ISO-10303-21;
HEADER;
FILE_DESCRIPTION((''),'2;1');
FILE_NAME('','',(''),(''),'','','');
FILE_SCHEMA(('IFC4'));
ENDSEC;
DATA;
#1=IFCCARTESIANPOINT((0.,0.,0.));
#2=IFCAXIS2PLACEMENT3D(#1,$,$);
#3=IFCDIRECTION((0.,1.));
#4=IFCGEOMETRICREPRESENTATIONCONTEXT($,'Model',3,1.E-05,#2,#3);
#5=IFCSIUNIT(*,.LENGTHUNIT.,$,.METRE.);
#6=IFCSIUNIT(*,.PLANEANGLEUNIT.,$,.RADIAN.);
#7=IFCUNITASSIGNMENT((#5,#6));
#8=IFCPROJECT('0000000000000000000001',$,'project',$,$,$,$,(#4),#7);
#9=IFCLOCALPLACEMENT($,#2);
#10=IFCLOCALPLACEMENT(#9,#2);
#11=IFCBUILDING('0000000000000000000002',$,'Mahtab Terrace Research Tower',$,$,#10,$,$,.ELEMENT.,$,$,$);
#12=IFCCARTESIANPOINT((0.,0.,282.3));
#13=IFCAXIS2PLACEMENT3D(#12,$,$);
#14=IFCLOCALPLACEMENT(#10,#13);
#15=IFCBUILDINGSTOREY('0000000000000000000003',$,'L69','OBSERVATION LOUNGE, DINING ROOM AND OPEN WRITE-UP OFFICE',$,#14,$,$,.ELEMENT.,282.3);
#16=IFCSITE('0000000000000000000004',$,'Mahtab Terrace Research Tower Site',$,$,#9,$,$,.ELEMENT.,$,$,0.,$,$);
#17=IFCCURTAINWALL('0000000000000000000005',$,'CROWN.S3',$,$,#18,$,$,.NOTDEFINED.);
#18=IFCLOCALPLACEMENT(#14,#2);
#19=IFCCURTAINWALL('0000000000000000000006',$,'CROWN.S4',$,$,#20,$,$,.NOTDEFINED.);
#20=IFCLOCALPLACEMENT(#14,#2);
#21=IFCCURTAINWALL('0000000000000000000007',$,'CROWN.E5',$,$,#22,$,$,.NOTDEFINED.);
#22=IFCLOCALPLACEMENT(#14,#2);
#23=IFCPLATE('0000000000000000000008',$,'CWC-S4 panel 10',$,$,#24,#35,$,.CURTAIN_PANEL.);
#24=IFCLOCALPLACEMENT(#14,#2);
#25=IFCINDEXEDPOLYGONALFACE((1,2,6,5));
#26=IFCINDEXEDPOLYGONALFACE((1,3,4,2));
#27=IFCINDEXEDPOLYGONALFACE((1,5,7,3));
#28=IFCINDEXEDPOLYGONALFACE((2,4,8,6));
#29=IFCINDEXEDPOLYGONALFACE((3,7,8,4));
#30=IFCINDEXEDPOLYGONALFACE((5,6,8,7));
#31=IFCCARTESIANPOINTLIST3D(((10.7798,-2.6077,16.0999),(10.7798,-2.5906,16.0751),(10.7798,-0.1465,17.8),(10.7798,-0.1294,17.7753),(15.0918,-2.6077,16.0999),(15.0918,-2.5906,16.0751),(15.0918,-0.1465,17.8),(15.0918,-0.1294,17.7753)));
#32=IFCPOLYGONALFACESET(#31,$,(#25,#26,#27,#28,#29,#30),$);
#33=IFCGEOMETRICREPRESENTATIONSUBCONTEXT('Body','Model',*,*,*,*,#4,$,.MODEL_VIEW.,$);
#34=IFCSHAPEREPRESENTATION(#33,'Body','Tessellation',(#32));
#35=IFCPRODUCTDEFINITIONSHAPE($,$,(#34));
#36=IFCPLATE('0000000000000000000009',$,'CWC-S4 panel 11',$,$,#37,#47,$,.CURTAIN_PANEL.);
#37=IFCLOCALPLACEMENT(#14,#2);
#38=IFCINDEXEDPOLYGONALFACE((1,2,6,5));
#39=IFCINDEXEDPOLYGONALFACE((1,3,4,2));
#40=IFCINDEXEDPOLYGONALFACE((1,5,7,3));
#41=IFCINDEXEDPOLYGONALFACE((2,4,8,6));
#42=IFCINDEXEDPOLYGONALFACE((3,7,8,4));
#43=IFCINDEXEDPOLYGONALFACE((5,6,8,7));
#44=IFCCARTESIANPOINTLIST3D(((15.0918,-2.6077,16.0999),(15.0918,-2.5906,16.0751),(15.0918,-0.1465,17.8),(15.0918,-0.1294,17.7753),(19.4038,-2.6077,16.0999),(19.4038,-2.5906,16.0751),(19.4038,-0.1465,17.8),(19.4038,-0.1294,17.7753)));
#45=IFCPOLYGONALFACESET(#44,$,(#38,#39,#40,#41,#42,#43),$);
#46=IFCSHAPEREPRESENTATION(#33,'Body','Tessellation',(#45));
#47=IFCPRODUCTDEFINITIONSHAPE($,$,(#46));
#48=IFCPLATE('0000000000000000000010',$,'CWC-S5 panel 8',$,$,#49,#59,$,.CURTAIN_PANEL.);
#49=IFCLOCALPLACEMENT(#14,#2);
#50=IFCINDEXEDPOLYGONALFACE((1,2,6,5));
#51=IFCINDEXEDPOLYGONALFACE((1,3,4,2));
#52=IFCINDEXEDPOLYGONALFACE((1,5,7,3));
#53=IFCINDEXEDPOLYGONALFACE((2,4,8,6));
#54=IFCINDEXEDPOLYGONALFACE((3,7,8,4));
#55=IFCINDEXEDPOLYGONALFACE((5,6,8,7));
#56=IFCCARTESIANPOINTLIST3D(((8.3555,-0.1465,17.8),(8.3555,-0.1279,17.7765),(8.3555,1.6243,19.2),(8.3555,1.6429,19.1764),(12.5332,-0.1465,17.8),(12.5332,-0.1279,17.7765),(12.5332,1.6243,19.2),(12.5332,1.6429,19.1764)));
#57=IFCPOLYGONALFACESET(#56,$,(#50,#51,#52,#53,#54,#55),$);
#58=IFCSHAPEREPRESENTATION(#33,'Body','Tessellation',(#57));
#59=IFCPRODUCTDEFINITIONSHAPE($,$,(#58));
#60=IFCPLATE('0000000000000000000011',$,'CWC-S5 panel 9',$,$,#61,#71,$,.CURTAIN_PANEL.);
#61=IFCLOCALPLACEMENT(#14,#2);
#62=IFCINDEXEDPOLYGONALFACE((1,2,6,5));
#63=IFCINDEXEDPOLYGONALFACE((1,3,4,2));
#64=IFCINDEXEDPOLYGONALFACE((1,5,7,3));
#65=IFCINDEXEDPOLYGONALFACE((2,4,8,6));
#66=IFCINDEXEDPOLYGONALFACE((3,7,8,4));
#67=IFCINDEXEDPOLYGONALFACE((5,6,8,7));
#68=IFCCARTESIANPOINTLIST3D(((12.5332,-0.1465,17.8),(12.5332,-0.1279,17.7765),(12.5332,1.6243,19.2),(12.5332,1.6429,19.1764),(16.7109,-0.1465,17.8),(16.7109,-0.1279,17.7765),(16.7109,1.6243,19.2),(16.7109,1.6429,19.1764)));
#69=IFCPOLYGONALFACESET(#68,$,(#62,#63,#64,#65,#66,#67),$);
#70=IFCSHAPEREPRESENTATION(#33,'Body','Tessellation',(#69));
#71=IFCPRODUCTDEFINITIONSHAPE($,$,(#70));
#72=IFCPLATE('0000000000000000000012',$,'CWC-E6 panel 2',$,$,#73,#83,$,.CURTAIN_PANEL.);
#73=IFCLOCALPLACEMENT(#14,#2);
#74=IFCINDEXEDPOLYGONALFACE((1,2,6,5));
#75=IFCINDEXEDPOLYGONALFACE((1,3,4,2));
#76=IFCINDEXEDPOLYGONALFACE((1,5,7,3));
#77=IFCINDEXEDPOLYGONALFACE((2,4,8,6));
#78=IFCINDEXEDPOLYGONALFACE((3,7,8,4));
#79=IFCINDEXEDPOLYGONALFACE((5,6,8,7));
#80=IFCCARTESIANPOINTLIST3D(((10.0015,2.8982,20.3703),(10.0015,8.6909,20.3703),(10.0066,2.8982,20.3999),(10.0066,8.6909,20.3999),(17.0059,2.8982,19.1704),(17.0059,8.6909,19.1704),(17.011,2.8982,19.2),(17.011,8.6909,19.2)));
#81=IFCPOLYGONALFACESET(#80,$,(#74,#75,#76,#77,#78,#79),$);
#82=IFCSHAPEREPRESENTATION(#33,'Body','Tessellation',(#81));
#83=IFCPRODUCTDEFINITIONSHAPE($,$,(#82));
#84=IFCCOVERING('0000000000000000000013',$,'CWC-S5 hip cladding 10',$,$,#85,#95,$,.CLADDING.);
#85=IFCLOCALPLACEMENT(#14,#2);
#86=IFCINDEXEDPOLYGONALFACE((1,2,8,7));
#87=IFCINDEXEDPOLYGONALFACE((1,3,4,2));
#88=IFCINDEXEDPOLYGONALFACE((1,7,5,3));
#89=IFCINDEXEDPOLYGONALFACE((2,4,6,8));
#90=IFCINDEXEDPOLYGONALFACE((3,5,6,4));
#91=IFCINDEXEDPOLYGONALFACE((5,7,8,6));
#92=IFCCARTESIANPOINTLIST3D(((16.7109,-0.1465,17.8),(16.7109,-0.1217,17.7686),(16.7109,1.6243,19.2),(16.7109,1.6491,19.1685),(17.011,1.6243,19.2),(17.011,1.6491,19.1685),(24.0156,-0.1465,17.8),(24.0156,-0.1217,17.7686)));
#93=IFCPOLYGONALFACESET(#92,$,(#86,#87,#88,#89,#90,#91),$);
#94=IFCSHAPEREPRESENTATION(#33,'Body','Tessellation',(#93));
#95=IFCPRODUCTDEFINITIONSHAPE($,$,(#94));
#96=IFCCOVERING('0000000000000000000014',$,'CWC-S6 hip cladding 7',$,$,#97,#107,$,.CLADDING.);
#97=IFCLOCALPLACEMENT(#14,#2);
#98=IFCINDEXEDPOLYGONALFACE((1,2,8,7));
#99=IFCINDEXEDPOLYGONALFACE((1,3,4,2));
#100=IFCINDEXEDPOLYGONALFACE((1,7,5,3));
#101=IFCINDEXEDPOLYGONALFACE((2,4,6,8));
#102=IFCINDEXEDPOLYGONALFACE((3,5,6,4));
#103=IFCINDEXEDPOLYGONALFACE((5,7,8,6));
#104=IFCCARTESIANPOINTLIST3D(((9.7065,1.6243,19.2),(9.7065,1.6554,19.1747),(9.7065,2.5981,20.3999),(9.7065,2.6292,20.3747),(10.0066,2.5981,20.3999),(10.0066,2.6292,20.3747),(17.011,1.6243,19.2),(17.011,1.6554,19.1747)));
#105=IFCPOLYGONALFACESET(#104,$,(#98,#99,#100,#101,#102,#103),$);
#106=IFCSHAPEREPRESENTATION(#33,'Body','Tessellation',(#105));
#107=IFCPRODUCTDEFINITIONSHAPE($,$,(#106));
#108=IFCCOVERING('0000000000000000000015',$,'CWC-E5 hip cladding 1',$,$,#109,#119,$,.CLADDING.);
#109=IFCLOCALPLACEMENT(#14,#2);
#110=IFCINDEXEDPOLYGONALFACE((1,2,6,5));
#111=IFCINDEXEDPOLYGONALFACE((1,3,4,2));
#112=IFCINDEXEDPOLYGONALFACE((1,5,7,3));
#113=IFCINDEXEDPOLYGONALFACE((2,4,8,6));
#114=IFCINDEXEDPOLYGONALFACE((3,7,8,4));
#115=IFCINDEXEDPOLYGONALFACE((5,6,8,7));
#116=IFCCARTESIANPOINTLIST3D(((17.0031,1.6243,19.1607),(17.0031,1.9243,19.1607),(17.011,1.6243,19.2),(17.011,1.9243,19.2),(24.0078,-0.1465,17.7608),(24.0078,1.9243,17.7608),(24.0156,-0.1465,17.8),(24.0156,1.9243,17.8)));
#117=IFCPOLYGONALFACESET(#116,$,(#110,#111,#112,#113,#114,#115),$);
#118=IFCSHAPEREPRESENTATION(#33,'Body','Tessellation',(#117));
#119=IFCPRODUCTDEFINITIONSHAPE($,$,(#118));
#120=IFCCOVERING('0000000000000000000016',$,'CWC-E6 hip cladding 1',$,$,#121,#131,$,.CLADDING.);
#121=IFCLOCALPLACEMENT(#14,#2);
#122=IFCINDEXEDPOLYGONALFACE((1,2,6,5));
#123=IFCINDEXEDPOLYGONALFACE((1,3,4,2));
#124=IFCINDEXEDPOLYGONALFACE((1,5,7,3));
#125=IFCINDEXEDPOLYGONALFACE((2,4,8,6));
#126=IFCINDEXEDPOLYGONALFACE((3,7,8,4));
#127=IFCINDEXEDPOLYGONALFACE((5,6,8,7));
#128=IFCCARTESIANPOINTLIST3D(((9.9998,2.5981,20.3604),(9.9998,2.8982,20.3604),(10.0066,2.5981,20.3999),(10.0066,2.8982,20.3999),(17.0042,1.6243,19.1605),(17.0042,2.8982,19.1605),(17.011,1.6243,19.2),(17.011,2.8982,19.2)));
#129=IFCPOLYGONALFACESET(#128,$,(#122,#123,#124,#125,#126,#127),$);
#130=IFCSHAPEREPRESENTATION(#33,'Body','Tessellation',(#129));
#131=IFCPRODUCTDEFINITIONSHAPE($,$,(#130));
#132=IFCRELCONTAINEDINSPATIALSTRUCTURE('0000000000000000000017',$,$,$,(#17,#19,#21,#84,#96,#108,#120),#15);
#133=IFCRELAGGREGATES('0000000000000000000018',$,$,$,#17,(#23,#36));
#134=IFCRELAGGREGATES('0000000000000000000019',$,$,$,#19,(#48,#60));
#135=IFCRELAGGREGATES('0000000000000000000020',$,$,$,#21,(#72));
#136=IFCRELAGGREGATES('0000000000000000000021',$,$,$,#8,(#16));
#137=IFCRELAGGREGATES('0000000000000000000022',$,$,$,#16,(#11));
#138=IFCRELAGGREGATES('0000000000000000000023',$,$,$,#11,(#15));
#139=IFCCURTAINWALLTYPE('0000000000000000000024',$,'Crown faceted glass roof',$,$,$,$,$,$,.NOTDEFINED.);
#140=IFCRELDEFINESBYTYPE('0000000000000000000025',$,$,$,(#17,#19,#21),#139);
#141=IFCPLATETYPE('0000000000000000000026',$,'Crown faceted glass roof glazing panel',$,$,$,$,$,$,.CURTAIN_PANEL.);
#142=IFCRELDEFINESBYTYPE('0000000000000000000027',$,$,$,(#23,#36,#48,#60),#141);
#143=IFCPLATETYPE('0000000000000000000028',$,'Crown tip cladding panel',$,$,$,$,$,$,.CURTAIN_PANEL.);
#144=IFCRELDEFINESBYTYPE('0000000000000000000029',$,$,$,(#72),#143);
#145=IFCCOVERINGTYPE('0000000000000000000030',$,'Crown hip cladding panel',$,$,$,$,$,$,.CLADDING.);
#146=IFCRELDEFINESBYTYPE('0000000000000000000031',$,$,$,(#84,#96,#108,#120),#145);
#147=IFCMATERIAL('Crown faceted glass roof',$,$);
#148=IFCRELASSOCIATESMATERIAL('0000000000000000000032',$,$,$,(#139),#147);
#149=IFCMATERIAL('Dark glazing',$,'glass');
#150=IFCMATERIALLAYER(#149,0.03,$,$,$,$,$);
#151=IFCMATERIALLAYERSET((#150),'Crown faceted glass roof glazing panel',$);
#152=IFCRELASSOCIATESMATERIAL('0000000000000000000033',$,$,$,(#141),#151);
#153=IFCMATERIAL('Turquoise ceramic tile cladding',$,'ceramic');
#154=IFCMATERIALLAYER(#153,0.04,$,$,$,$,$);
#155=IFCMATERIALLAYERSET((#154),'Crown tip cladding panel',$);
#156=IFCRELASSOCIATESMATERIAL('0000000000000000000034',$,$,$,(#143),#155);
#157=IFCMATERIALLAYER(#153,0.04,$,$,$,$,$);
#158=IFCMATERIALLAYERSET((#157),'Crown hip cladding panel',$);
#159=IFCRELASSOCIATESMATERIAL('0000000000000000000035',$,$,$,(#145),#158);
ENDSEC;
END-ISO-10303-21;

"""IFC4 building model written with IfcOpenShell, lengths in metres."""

from ifc_helpers import new_model, si_unit, direction, frame, origin, place, context, subcontext, project, spatial, polyline, outline, extrude, material, layer, layer_set, type_object, element, aggregate, save


model = new_model("IFC4")

# Units and contexts
model_context = context("Model", 3, precision=1e-05, world=origin(), true_north=direction((0.0, 1.0)))
body_context = subcontext(model_context, "Body", "Model", "MODEL_VIEW")
ifc_project = project(units=[si_unit("LENGTHUNIT", "METRE"), si_unit("PLANEANGLEUNIT", "RADIAN")], contexts=[model_context])

# Site, building, storey
site_placement = place(None, origin())
site = spatial("IfcSite", under=ifc_project, at=site_placement, Name="Mahtab Terrace Research Tower Site", CompositionType="ELEMENT", RefElevation=0.0)
building_placement = place(site_placement, origin())
building = spatial("IfcBuilding", under=site, at=building_placement, Name="Mahtab Terrace Research Tower", CompositionType="ELEMENT")
storey_placement = place(building_placement, frame((0.0, 0.0, 282.3)))
storey = spatial("IfcBuildingStorey", under=building, at=storey_placement, Name="L69", Description="OBSERVATION LOUNGE, DINING ROOM AND OPEN WRITE-UP OFFICE", CompositionType="ELEMENT", Elevation=282.3)

# Curtain walls
ifc_material_1 = material(Name="Crown faceted glass roof")
curtain_wall_type = type_object("IfcCurtainWallType", Name="Crown faceted glass roof", PredefinedType="NOTDEFINED", material=ifc_material_1)
curtain_wall_1_placement = place(storey_placement, origin())
curtain_wall_1 = element("IfcCurtainWall", 1, at=curtain_wall_1_placement, inside=storey, type_object=curtain_wall_type, Name="CROWN.S3", PredefinedType="NOTDEFINED")
curtain_wall_2_placement = place(storey_placement, origin())
curtain_wall_2 = element("IfcCurtainWall", 2, at=curtain_wall_2_placement, inside=storey, type_object=curtain_wall_type, Name="CROWN.S4", PredefinedType="NOTDEFINED")

# Curtain wall
curtain_wall_3_placement = place(storey_placement, origin())
curtain_wall_3 = element("IfcCurtainWall", 3, at=curtain_wall_3_placement, inside=storey, type_object=curtain_wall_type, Name="CROWN.E5", PredefinedType="NOTDEFINED")

# Plates
ifc_material_2 = material(Name="Dark glazing", Category="glass")
ifc_layer_1 = layer(ifc_material_2, 0.03)
ifc_layer_set_1 = layer_set([ifc_layer_1], Name="Crown faceted glass roof glazing panel")
plate_type_1 = type_object("IfcPlateType", Name="Crown faceted glass roof glazing panel", PredefinedType="CURTAIN_PANEL", material=ifc_layer_set_1)
plate_1_placement = place(storey_placement, frame((15.0918, -2.6077, 16.0999), z_axis=(0.0, -0.568374, 0.822771), x_axis=(0.0, 0.822771, 0.568374)))
plate_1 = element("IfcPlate", 4, at=plate_1_placement, type_object=plate_type_1, Name="CWC-S4 panel 10", PredefinedType="CURTAIN_PANEL", context=body_context, shape_type="SweptSolid", body=[
    extrude(outline(polyline([(0.0, 0.0), (2.9913, 0.0), (2.9913, 4.312), (0.0, 4.312), (0.0, 0.0)])), origin(), (0.0, 0.0, -1.0), 0.03),
])
plate_2_placement = place(storey_placement, frame((19.4038, -2.6077, 16.0999), z_axis=(0.0, -0.568374, 0.822771), x_axis=(0.0, 0.822771, 0.568374)))
plate_2 = element("IfcPlate", 5, at=plate_2_placement, type_object=plate_type_1, Name="CWC-S4 panel 11", PredefinedType="CURTAIN_PANEL", context=body_context, shape_type="SweptSolid", body=[
    extrude(outline(polyline([(0.0, 0.0), (2.9913, 0.0), (2.9913, 4.312), (0.0, 4.312), (0.0, 0.0)])), origin(), (0.0, 0.0, -1.0), 0.03),
])
aggregate(curtain_wall_1, [plate_1, plate_2])
plate_3_placement = place(storey_placement, frame((12.5332, -0.1465, 17.8), z_axis=(0.0, -0.620174, 0.784465), x_axis=(0.0, 0.784465, 0.620174)))
plate_3 = element("IfcPlate", 6, at=plate_3_placement, type_object=plate_type_1, Name="CWC-S5 panel 8", PredefinedType="CURTAIN_PANEL", context=body_context, shape_type="SweptSolid", body=[
    extrude(outline(polyline([(0.0, 0.0), (2.2573, 0.0), (2.2573, 4.1777), (0.0, 4.1777), (0.0, 0.0)])), origin(), (0.0, 0.0, -1.0), 0.03),
])
plate_4_placement = place(storey_placement, frame((16.7109, -0.1465, 17.8), z_axis=(0.0, -0.620174, 0.784465), x_axis=(0.0, 0.784465, 0.620174)))
plate_4 = element("IfcPlate", 7, at=plate_4_placement, type_object=plate_type_1, Name="CWC-S5 panel 9", PredefinedType="CURTAIN_PANEL", context=body_context, shape_type="SweptSolid", body=[
    extrude(outline(polyline([(0.0, 0.0), (2.2573, 0.0), (2.2573, 4.1777), (0.0, 4.1777), (0.0, 0.0)])), origin(), (0.0, 0.0, -1.0), 0.03),
])
aggregate(curtain_wall_2, [plate_3, plate_4])
ifc_material_3 = material(Name="Turquoise ceramic tile cladding", Category="ceramic")
ifc_layer_2 = layer(ifc_material_3, 0.04)
ifc_layer_set_2 = layer_set([ifc_layer_2], Name="Crown tip cladding panel")
plate_type_2 = type_object("IfcPlateType", Name="Crown tip cladding panel", PredefinedType="CURTAIN_PANEL", material=ifc_layer_set_2)
plate_5_placement = place(storey_placement, frame((17.011, 2.8982, 19.2), z_axis=(0.168854, 0.0, 0.985641), x_axis=(0.0, 1.0, 0.0)))
plate_5 = element("IfcPlate", 8, at=plate_5_placement, type_object=plate_type_2, Name="CWC-E6 panel 2", PredefinedType="CURTAIN_PANEL", context=body_context, shape_type="SweptSolid", body=[
    extrude(outline(polyline([(0.0, 0.0), (5.7927, 0.0), (5.7927, 7.1064), (0.0, 7.1064), (0.0, 0.0)])), origin(), (0.0, 0.0, -1.0), 0.03),
])
aggregate(curtain_wall_3, [plate_5])

# Coverings
ifc_layer_3 = layer(ifc_material_3, 0.04)
ifc_layer_set_3 = layer_set([ifc_layer_3], Name="Crown hip cladding panel")
covering_type = type_object("IfcCoveringType", Name="Crown hip cladding panel", PredefinedType="CLADDING", material=ifc_layer_set_3)
covering_1_placement = place(storey_placement, frame((17.011, 1.6243, 19.2), z_axis=(0.0, -0.620174, 0.784465), x_axis=(0.951799, -0.240612, -0.190221)))
element("IfcCovering", 9, at=covering_1_placement, inside=storey, type_object=covering_type, Name="CWC-S5 hip cladding 10", PredefinedType="CLADDING", context=body_context, shape_type="SweptSolid", body=[
    extrude(outline(polyline([(0.0, 0.0), (7.3594, 0.0), (0.4068, -2.2405), (-0.2856, -0.092), (0.0, 0.0)])), origin(), (0.0, 0.0, -1.0), 0.04),
])
covering_2_placement = place(storey_placement, frame((10.0066, 2.5981, 20.3999), z_axis=(0.0, -0.776457, 0.63017), x_axis=(0.976514, -0.135773, -0.167291)))
element("IfcCovering", 10, at=covering_2_placement, inside=storey, type_object=covering_type, Name="CWC-S6 hip cladding 7", PredefinedType="CLADDING", context=body_context, shape_type="SweptSolid", body=[
    extrude(outline(polyline([(0.0, 0.0), (7.1729, 0.0), (0.04, -1.5738), (-0.293, -0.0646), (0.0, 0.0)])), origin(), (0.0, 0.0, -1.0), 0.04),
])
covering_3_placement = place(storey_placement, frame((17.011, 1.6243, 19.2), z_axis=(0.195978, 0.0, 0.980608), x_axis=(0.0, 1.0, 0.0)))
element("IfcCovering", 11, at=covering_3_placement, inside=storey, type_object=covering_type, Name="CWC-E5 hip cladding 1", PredefinedType="CLADDING", context=body_context, shape_type="SweptSolid", body=[
    extrude(outline(polyline([(0.0, 0.0), (0.3, 0.0), (0.3, -7.1432), (-1.7708, -7.1432), (0.0, 0.0)])), origin(), (0.0, 0.0, -1.0), 0.04),
])
covering_4_placement = place(storey_placement, frame((10.0066, 2.5981, 20.3999), z_axis=(0.168854, 0.0, 0.985641), x_axis=(0.0, 1.0, 0.0)))
element("IfcCovering", 12, at=covering_4_placement, inside=storey, type_object=covering_type, Name="CWC-E6 hip cladding 1", PredefinedType="CLADDING", context=body_context, shape_type="SweptSolid", body=[
    extrude(outline(polyline([(0.0, 0.0), (0.3, 0.0), (0.3, -7.1064), (-0.9739, -7.1064), (0.0, 0.0)])), origin(), (0.0, 0.0, -1.0), 0.04),
])

save(model, "model.ifc")
